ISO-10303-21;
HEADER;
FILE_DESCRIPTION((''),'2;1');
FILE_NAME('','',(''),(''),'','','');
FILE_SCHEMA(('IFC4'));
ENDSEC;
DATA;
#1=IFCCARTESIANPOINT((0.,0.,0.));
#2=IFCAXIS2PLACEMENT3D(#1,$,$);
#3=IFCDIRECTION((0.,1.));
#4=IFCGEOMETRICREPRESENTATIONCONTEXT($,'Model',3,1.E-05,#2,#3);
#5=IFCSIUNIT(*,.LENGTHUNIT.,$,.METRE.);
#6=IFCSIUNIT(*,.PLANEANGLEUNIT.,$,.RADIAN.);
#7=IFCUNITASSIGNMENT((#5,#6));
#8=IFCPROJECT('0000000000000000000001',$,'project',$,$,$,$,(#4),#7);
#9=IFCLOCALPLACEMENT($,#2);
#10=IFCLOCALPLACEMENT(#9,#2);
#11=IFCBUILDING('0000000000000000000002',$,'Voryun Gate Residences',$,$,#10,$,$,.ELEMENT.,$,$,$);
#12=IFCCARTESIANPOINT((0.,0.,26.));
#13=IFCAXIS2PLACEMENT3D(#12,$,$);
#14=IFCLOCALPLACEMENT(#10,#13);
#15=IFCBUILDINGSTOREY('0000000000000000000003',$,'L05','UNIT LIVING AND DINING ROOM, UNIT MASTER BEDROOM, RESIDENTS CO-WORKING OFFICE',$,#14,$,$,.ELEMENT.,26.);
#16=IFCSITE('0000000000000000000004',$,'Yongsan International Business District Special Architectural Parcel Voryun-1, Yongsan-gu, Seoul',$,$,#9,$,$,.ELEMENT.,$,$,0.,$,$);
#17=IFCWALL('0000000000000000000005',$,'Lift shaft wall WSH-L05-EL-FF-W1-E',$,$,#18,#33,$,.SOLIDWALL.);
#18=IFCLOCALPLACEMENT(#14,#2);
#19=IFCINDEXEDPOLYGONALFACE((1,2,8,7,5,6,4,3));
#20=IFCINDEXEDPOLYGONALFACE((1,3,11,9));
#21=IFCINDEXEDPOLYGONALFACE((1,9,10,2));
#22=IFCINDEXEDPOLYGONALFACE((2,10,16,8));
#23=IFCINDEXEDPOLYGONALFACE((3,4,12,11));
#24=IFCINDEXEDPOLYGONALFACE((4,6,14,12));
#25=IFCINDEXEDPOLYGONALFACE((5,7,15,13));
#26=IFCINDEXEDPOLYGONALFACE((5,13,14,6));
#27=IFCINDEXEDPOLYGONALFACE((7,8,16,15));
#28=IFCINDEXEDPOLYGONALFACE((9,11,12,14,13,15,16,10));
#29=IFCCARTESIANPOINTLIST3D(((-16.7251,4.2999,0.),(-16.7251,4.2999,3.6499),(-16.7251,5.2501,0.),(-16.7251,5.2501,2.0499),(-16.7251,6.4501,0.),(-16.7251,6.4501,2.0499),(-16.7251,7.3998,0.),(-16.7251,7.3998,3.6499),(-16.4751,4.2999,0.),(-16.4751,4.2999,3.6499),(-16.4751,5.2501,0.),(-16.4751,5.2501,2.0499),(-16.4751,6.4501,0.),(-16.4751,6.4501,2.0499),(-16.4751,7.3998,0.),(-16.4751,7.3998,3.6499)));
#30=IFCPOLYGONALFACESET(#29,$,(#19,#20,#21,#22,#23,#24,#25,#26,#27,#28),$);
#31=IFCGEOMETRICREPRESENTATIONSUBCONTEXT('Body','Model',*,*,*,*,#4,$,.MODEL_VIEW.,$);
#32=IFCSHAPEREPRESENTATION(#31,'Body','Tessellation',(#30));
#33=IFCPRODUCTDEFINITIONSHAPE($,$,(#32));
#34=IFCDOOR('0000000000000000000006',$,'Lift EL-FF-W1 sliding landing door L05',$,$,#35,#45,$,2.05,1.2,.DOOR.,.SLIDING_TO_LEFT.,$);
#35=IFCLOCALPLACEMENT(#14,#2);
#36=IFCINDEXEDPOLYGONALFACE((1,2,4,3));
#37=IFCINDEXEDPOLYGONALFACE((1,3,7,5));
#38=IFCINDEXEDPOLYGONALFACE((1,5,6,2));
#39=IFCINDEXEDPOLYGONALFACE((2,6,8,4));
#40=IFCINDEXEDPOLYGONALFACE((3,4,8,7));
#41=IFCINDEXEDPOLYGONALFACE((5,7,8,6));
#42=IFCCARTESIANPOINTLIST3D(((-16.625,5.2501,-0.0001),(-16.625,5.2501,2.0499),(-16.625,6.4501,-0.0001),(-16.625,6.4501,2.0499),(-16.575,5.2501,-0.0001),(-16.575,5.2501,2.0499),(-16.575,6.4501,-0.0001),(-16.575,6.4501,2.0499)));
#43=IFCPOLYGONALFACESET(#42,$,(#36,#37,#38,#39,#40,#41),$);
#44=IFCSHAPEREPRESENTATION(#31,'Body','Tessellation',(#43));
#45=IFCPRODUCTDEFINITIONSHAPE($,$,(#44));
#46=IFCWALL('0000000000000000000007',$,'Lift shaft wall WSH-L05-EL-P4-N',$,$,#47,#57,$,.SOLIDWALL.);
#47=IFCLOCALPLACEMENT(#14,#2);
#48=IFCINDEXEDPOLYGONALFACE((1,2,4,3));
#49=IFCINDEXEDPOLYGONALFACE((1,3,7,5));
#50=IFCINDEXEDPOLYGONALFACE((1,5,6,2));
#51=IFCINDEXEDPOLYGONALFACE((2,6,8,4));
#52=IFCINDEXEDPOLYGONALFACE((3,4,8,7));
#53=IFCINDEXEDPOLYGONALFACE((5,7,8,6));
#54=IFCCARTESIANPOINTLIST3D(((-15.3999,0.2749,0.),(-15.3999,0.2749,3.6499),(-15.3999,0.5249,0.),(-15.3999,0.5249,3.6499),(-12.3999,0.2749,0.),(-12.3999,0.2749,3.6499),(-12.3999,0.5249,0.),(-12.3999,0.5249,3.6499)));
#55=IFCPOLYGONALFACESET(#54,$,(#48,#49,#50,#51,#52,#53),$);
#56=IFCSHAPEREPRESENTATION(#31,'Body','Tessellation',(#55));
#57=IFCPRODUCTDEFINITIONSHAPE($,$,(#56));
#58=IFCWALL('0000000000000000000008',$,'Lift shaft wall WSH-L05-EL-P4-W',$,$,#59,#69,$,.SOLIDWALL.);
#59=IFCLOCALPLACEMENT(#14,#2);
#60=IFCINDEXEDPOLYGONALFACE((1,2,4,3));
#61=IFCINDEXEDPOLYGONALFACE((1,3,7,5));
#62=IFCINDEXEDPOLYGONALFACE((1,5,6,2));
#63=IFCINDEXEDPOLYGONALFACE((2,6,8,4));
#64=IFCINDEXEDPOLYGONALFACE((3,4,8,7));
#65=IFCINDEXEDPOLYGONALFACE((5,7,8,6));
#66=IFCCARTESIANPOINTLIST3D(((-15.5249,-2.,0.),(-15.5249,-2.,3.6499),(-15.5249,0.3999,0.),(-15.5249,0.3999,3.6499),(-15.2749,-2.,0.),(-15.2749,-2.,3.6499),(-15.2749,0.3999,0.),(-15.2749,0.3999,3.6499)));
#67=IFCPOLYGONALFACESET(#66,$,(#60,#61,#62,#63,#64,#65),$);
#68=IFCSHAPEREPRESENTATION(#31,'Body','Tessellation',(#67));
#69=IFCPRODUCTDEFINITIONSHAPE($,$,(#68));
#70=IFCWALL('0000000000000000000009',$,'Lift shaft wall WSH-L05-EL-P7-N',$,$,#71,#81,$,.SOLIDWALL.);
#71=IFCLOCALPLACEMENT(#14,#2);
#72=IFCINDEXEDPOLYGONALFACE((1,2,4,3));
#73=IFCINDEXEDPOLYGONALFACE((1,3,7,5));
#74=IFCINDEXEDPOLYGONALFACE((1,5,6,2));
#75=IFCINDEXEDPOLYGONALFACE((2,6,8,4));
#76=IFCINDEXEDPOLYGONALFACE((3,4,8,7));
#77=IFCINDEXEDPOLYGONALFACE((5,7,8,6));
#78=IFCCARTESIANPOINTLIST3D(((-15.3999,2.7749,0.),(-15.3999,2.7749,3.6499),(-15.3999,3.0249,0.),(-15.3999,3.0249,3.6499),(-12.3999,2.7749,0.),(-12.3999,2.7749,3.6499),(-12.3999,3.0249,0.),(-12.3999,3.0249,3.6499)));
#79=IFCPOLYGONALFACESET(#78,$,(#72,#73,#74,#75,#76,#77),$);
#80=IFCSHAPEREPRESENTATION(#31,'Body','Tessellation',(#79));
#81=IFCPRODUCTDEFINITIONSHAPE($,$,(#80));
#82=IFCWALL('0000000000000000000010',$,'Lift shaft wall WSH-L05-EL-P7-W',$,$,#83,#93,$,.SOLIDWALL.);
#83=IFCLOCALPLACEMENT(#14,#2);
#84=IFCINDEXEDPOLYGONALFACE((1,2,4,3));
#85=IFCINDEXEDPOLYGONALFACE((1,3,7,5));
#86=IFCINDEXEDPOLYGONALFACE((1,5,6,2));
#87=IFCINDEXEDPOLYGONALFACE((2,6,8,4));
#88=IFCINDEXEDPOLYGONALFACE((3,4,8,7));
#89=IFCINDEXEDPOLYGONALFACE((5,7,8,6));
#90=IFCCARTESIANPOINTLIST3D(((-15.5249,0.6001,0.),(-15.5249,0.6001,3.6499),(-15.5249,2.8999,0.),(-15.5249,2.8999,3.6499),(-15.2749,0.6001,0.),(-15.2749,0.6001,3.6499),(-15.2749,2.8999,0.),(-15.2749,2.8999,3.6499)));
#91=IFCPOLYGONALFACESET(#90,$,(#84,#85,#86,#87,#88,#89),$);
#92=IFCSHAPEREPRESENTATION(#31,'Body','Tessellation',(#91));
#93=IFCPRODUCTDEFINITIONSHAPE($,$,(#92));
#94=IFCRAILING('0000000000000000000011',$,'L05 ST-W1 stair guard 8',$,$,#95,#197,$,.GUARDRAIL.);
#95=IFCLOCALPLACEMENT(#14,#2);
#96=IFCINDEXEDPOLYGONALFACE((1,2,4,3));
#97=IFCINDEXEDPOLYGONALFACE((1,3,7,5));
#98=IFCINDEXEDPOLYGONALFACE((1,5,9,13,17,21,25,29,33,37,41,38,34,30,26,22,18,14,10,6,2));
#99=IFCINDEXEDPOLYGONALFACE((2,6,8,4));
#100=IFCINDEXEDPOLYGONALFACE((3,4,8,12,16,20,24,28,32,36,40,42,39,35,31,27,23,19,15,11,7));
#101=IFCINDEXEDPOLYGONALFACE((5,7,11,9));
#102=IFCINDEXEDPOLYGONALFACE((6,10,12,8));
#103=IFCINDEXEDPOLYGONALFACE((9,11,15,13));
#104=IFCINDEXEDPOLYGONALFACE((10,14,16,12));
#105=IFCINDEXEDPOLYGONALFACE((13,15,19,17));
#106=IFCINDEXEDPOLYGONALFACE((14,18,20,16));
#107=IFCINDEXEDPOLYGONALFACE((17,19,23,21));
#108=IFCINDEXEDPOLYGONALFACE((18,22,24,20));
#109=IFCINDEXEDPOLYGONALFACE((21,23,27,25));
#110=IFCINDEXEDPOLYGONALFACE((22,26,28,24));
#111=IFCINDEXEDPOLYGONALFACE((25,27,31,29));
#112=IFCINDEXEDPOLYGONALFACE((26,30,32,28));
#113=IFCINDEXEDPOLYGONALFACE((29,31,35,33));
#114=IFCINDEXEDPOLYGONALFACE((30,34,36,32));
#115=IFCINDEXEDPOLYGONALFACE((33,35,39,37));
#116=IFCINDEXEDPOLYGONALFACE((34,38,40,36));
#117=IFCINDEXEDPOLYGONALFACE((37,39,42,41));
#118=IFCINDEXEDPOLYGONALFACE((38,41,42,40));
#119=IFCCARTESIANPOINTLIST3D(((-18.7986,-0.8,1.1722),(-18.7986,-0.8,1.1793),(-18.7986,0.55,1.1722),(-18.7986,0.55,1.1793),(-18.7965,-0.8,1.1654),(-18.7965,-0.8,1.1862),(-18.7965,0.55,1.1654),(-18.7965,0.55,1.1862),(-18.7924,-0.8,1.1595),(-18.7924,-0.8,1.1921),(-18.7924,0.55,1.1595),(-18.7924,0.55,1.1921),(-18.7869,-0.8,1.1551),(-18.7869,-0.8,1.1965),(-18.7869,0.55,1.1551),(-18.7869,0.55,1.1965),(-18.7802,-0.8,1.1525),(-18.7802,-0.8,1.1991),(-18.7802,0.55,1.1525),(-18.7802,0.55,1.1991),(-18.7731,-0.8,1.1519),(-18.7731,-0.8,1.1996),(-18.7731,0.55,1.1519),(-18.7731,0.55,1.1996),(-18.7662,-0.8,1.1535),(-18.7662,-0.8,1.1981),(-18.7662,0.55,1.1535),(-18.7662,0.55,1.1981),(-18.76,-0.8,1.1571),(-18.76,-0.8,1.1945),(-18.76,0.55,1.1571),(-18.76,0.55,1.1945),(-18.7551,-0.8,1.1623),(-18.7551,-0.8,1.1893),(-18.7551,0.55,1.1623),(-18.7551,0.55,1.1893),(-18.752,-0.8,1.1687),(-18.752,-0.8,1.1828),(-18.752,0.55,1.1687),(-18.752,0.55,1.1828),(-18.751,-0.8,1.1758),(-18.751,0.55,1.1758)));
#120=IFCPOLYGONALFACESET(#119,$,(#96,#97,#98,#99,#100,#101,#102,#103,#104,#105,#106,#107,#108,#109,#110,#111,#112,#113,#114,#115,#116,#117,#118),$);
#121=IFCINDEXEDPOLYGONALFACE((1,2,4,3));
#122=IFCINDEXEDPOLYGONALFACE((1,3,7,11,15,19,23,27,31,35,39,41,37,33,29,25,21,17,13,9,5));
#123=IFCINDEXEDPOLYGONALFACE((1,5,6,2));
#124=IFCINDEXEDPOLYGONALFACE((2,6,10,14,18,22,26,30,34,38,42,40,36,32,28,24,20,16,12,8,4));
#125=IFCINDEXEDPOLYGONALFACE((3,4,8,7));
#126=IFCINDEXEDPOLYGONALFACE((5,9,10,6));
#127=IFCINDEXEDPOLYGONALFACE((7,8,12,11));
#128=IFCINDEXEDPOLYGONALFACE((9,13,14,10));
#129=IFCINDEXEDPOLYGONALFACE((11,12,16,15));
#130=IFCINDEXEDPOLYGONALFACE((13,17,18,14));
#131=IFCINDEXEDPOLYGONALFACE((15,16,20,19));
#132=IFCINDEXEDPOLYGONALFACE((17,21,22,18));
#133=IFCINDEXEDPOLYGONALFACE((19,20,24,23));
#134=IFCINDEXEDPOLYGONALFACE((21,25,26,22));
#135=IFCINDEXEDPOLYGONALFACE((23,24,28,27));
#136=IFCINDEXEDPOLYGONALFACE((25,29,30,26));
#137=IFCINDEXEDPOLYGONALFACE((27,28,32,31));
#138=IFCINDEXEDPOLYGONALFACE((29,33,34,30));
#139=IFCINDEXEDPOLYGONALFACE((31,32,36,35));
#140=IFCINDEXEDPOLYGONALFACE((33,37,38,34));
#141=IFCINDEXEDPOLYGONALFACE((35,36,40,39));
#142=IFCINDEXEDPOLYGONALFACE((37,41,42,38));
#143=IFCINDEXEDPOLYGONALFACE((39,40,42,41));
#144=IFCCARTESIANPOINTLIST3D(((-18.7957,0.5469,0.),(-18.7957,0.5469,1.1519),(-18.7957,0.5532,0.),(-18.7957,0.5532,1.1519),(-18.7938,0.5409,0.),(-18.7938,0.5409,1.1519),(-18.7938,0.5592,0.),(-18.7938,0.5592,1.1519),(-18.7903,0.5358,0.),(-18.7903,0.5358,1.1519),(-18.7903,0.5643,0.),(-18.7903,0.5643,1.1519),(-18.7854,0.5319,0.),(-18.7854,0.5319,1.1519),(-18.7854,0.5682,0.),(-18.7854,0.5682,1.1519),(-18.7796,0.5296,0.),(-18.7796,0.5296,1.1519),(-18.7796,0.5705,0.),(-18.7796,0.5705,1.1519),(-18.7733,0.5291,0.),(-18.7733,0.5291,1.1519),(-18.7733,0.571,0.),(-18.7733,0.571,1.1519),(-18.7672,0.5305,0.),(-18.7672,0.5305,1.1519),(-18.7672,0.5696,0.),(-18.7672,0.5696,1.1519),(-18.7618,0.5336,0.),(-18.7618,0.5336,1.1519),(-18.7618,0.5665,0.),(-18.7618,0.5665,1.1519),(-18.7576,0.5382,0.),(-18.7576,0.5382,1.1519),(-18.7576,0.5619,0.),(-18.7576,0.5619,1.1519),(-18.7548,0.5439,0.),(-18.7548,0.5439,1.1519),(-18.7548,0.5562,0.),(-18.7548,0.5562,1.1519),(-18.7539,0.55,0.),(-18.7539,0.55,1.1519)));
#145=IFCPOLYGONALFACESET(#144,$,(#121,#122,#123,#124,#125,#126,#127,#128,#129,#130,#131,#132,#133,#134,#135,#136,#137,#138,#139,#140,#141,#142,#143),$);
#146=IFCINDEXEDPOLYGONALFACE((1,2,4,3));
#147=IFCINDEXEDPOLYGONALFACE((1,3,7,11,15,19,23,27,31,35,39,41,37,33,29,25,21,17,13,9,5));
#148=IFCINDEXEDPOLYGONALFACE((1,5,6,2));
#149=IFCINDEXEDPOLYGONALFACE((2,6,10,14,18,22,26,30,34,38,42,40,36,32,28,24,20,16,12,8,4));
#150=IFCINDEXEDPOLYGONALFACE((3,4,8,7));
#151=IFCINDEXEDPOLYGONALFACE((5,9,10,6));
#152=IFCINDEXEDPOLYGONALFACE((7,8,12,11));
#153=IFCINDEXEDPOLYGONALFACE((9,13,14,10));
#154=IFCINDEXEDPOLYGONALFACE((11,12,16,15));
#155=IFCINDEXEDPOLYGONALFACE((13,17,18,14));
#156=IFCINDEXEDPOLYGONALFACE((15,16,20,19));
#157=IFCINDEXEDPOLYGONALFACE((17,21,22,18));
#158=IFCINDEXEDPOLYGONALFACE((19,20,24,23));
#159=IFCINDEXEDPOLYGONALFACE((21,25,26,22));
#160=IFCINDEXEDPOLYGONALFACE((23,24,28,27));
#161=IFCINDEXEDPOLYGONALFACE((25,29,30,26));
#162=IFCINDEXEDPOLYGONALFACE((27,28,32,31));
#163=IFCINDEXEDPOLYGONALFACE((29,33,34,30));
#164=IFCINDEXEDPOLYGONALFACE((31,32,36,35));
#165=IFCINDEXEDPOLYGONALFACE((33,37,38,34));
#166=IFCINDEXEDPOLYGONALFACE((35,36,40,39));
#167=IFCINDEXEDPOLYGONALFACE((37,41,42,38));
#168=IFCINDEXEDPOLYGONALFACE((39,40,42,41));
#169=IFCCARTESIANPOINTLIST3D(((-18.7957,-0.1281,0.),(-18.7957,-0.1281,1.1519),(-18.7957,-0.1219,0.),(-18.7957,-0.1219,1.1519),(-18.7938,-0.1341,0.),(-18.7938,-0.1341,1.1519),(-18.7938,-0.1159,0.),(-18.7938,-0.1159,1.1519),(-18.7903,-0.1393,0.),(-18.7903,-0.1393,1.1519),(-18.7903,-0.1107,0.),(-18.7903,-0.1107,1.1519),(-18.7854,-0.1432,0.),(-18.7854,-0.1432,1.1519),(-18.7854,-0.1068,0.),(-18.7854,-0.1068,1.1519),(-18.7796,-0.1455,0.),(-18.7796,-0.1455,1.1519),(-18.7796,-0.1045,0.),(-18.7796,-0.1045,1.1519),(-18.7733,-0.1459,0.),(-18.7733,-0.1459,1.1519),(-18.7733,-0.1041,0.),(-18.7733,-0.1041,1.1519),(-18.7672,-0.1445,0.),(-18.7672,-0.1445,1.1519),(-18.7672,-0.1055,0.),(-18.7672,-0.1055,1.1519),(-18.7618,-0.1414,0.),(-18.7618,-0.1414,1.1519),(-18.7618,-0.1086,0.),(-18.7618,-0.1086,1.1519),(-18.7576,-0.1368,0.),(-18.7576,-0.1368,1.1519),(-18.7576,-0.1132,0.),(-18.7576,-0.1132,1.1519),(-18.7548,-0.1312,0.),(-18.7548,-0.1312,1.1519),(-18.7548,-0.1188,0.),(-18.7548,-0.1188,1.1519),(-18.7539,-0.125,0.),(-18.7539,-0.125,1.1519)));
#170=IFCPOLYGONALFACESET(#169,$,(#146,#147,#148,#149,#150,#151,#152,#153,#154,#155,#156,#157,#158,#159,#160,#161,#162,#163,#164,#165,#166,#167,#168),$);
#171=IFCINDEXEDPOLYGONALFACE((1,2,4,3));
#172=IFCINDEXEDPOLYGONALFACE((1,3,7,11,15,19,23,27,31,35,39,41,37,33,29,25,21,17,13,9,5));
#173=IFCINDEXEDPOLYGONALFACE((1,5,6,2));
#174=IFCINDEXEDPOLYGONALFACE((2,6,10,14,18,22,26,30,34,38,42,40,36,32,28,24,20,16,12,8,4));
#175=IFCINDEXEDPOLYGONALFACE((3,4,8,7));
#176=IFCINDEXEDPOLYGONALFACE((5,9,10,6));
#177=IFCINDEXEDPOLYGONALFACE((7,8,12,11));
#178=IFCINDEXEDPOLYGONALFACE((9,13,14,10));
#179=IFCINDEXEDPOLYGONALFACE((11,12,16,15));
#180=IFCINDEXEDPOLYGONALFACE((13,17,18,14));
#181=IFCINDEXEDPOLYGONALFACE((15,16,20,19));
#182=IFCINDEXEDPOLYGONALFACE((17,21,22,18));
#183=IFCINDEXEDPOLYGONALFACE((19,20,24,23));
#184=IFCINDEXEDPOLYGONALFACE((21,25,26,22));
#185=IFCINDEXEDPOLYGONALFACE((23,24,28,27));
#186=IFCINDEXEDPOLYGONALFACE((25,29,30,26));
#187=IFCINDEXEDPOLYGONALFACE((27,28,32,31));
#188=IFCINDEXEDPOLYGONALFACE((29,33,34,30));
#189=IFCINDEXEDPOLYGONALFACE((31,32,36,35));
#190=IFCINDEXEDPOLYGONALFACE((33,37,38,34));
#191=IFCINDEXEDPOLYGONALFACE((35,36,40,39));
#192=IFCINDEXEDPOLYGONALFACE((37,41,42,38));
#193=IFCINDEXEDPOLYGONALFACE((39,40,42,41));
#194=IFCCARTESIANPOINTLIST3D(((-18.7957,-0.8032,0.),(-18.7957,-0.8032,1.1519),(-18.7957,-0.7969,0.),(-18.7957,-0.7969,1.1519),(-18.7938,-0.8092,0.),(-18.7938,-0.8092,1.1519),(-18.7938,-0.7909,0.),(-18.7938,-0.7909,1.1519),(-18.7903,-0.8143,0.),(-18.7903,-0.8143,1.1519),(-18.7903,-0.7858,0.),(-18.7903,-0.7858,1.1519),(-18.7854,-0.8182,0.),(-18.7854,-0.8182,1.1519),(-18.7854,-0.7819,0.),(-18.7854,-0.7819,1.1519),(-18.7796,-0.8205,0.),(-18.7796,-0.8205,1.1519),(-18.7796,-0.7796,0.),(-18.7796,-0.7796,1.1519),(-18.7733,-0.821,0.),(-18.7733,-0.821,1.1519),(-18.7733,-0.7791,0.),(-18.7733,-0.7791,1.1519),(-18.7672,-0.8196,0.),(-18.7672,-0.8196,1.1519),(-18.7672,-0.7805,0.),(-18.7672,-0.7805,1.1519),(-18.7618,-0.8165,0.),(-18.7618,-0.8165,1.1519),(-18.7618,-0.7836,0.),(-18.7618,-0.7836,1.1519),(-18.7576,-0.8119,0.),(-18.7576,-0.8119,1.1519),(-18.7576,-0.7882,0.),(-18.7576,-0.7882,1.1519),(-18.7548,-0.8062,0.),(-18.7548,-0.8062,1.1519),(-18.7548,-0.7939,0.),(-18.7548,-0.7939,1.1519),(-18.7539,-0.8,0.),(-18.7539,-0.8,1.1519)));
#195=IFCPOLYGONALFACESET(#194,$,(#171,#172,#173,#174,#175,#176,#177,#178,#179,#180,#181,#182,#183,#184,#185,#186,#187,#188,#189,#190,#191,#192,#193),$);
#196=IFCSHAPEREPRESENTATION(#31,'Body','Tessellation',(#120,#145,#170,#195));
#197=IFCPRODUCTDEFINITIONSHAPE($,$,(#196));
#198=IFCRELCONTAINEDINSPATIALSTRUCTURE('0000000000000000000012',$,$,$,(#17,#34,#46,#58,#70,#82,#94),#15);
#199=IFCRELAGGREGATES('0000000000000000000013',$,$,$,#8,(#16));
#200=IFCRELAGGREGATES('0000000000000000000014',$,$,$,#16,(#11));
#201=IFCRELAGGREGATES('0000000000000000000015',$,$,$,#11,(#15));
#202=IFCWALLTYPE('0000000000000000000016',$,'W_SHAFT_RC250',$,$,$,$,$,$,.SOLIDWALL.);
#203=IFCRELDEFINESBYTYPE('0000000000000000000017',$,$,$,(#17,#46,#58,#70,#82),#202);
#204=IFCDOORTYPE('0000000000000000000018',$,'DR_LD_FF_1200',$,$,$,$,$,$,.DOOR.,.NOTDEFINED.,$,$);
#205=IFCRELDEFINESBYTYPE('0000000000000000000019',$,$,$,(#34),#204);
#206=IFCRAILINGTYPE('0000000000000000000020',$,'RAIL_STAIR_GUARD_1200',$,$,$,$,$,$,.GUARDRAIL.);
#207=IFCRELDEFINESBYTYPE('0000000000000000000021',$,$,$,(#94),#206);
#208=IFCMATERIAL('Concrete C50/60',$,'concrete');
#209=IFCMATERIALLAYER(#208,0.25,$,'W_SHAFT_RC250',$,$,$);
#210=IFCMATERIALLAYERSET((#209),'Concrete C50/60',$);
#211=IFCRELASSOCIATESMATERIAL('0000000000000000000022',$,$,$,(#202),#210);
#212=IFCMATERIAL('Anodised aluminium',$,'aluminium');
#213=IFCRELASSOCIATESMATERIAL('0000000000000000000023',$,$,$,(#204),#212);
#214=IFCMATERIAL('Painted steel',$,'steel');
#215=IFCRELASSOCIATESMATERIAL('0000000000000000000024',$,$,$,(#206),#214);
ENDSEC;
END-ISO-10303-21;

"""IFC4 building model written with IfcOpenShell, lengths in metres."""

from ifc_helpers import new_model, si_unit, direction, frame, frame_2d, origin, origin_2d, place, context, subcontext, project, spatial, rectangle, circle, extrude, material, layer, layer_set, type_object, element, fill, save


model = new_model("IFC4")

# Units and contexts
model_context = context("Model", 3, precision=1e-05, world=origin(), true_north=direction((0.0, 1.0)))
body_context = subcontext(model_context, "Body", "Model", "MODEL_VIEW")
ifc_project = project(units=[si_unit("LENGTHUNIT", "METRE"), si_unit("PLANEANGLEUNIT", "RADIAN")], contexts=[model_context])

# Site, building, storey
site_placement = place(None, origin())
site = spatial("IfcSite", under=ifc_project, at=site_placement, Name="Yongsan International Business District Special Architectural Parcel Voryun-1, Yongsan-gu, Seoul", CompositionType="ELEMENT", RefElevation=0.0)
building_placement = place(site_placement, origin())
building = spatial("IfcBuilding", under=site, at=building_placement, Name="Voryun Gate Residences", CompositionType="ELEMENT")
storey_placement = place(building_placement, frame((0.0, 0.0, 26.0)))
storey = spatial("IfcBuildingStorey", under=building, at=storey_placement, Name="L05", Description="UNIT LIVING AND DINING ROOM, UNIT MASTER BEDROOM, RESIDENTS CO-WORKING OFFICE", CompositionType="ELEMENT", Elevation=26.0)

# Wall, opening, door
ifc_material_1 = material(Name="Concrete C50/60", Category="concrete")
ifc_layer_1 = layer(ifc_material_1, 0.25, Name="W_SHAFT_RC250")
ifc_layer_set_1 = layer_set([ifc_layer_1], Name="Concrete C50/60")
wall_type_1 = type_object("IfcWallType", Name="W_SHAFT_RC250", PredefinedType="SOLIDWALL", material=ifc_layer_set_1)
wall_1_placement = place(storey_placement, frame((-16.6001, 4.3, 0.0), z_axis=(0.0, 0.0, 1.0), x_axis=(0.0, 1.0, 0.0)))
wall_1 = element("IfcWall", 1, at=wall_1_placement, inside=storey, type_object=wall_type_1, Name="Lift shaft wall WSH-L05-EL-FF-W1-E", PredefinedType="SOLIDWALL", context=body_context, shape_type="SweptSolid", body=[
    extrude(rectangle(XDim=3.0999, YDim=0.25, at=frame_2d((1.5498, 0.0))), origin(), (0.0, 0.0, 1.0), 3.6499),
])
opening_1_placement = place(wall_1_placement, frame((0.95, 0.0, 0.0)))
opening_1 = element("IfcOpeningElement", 2, at=opening_1_placement, cuts=wall_1, PredefinedType="OPENING", context=body_context, shape_type="SweptSolid", body=[
    extrude(rectangle(XDim=1.2, YDim=2.05, at=frame_2d((0.6001, 1.0249))), frame((0.0, 0.135, 0.0), z_axis=(0.0, -1.0, 0.0), x_axis=(1.0, 0.0, 0.0)), (0.0, 0.0, 1.0), 0.27),
])
ifc_material_2 = material(Name="Anodised aluminium", Category="aluminium")
door_type_1 = type_object("IfcDoorType", Name="DR_LD_FF_1200", OperationType="NOTDEFINED", PredefinedType="DOOR", material=ifc_material_2)
door_1_placement = place(opening_1_placement, origin())
door_1 = element("IfcDoor", 3, at=door_1_placement, inside=storey, type_object=door_type_1, Name="Lift EL-FF-W1 sliding landing door L05", OperationType="SLIDING_TO_LEFT", OverallHeight=2.05, OverallWidth=1.2, PredefinedType="DOOR", context=body_context, shape_type="SweptSolid", body=[
    extrude(rectangle(XDim=1.2, YDim=2.05, at=frame_2d((0.6001, 1.0249))), frame((0.0, 0.0249, 0.0), z_axis=(0.0, -1.0, 0.0), x_axis=(1.0, 0.0, 0.0)), (0.0, 0.0, 1.0), 0.05),
])
fill(opening_1, door_1)

# Walls
wall_2_placement = place(storey_placement, frame((-12.3999, 0.3999, 0.0), z_axis=(0.0, 0.0, 1.0), x_axis=(-1.0, 0.0, 0.0)))
element("IfcWall", 4, at=wall_2_placement, inside=storey, type_object=wall_type_1, Name="Lift shaft wall WSH-L05-EL-P4-N", PredefinedType="SOLIDWALL", context=body_context, shape_type="SweptSolid", body=[
    extrude(rectangle(XDim=3.0, YDim=0.25, at=frame_2d((1.5, 0.0))), origin(), (0.0, 0.0, 1.0), 3.6499),
])
wall_3_placement = place(storey_placement, frame((-15.3999, 0.3999, 0.0), z_axis=(0.0, 0.0, 1.0), x_axis=(0.0, -1.0, 0.0)))
element("IfcWall", 5, at=wall_3_placement, inside=storey, type_object=wall_type_1, Name="Lift shaft wall WSH-L05-EL-P4-W", PredefinedType="SOLIDWALL", context=body_context, shape_type="SweptSolid", body=[
    extrude(rectangle(XDim=2.3999, YDim=0.25, at=frame_2d((1.2, 0.0))), origin(), (0.0, 0.0, 1.0), 3.6499),
])
wall_4_placement = place(storey_placement, frame((-12.3999, 2.8999, 0.0), z_axis=(0.0, 0.0, 1.0), x_axis=(-1.0, 0.0, 0.0)))
element("IfcWall", 6, at=wall_4_placement, inside=storey, type_object=wall_type_1, Name="Lift shaft wall WSH-L05-EL-P7-N", PredefinedType="SOLIDWALL", context=body_context, shape_type="SweptSolid", body=[
    extrude(rectangle(XDim=3.0, YDim=0.25, at=frame_2d((1.5, 0.0))), origin(), (0.0, 0.0, 1.0), 3.6499),
])
wall_5_placement = place(storey_placement, frame((-15.3999, 2.8999, 0.0), z_axis=(0.0, 0.0, 1.0), x_axis=(0.0, -1.0, 0.0)))
element("IfcWall", 7, at=wall_5_placement, inside=storey, type_object=wall_type_1, Name="Lift shaft wall WSH-L05-EL-P7-W", PredefinedType="SOLIDWALL", context=body_context, shape_type="SweptSolid", body=[
    extrude(rectangle(XDim=2.2998, YDim=0.25, at=frame_2d((1.1499, 0.0))), origin(), (0.0, 0.0, 1.0), 3.6499),
])

# Railing
ifc_material_3 = material(Name="Painted steel", Category="steel")
railing_type = type_object("IfcRailingType", Name="RAIL_STAIR_GUARD_1200", PredefinedType="GUARDRAIL", material=ifc_material_3)
for number, where, name in (
    (8, (-18.7749, 0.55, 0.0), "L05 ST-W1 stair guard 8"),
):
    element("IfcRailing", number, at=place(storey_placement, frame(where)), inside=storey, type_object=railing_type, Name=name, PredefinedType="GUARDRAIL", context=body_context, shape_type="SweptSolid", body=[
        extrude(circle(Radius=0.0239, at=origin_2d()), frame((0.0, 0.0, 1.1758), z_axis=(0.0, -1.0, 0.0), x_axis=(1.0, 0.0, 0.0)), (0.0, 0.0, 1.0), 1.3501),
        extrude(circle(Radius=0.021, at=origin_2d()), origin(), (0.0, 0.0, 1.0), 1.1519),
        extrude(circle(Radius=0.021, at=origin_2d()), frame((0.0, -0.675, 0.0)), (0.0, 0.0, 1.0), 1.1519),
        extrude(circle(Radius=0.021, at=origin_2d()), frame((0.0, -1.3501, 0.0)), (0.0, 0.0, 1.0), 1.1519),
    ])

save(model, "model.ifc")
